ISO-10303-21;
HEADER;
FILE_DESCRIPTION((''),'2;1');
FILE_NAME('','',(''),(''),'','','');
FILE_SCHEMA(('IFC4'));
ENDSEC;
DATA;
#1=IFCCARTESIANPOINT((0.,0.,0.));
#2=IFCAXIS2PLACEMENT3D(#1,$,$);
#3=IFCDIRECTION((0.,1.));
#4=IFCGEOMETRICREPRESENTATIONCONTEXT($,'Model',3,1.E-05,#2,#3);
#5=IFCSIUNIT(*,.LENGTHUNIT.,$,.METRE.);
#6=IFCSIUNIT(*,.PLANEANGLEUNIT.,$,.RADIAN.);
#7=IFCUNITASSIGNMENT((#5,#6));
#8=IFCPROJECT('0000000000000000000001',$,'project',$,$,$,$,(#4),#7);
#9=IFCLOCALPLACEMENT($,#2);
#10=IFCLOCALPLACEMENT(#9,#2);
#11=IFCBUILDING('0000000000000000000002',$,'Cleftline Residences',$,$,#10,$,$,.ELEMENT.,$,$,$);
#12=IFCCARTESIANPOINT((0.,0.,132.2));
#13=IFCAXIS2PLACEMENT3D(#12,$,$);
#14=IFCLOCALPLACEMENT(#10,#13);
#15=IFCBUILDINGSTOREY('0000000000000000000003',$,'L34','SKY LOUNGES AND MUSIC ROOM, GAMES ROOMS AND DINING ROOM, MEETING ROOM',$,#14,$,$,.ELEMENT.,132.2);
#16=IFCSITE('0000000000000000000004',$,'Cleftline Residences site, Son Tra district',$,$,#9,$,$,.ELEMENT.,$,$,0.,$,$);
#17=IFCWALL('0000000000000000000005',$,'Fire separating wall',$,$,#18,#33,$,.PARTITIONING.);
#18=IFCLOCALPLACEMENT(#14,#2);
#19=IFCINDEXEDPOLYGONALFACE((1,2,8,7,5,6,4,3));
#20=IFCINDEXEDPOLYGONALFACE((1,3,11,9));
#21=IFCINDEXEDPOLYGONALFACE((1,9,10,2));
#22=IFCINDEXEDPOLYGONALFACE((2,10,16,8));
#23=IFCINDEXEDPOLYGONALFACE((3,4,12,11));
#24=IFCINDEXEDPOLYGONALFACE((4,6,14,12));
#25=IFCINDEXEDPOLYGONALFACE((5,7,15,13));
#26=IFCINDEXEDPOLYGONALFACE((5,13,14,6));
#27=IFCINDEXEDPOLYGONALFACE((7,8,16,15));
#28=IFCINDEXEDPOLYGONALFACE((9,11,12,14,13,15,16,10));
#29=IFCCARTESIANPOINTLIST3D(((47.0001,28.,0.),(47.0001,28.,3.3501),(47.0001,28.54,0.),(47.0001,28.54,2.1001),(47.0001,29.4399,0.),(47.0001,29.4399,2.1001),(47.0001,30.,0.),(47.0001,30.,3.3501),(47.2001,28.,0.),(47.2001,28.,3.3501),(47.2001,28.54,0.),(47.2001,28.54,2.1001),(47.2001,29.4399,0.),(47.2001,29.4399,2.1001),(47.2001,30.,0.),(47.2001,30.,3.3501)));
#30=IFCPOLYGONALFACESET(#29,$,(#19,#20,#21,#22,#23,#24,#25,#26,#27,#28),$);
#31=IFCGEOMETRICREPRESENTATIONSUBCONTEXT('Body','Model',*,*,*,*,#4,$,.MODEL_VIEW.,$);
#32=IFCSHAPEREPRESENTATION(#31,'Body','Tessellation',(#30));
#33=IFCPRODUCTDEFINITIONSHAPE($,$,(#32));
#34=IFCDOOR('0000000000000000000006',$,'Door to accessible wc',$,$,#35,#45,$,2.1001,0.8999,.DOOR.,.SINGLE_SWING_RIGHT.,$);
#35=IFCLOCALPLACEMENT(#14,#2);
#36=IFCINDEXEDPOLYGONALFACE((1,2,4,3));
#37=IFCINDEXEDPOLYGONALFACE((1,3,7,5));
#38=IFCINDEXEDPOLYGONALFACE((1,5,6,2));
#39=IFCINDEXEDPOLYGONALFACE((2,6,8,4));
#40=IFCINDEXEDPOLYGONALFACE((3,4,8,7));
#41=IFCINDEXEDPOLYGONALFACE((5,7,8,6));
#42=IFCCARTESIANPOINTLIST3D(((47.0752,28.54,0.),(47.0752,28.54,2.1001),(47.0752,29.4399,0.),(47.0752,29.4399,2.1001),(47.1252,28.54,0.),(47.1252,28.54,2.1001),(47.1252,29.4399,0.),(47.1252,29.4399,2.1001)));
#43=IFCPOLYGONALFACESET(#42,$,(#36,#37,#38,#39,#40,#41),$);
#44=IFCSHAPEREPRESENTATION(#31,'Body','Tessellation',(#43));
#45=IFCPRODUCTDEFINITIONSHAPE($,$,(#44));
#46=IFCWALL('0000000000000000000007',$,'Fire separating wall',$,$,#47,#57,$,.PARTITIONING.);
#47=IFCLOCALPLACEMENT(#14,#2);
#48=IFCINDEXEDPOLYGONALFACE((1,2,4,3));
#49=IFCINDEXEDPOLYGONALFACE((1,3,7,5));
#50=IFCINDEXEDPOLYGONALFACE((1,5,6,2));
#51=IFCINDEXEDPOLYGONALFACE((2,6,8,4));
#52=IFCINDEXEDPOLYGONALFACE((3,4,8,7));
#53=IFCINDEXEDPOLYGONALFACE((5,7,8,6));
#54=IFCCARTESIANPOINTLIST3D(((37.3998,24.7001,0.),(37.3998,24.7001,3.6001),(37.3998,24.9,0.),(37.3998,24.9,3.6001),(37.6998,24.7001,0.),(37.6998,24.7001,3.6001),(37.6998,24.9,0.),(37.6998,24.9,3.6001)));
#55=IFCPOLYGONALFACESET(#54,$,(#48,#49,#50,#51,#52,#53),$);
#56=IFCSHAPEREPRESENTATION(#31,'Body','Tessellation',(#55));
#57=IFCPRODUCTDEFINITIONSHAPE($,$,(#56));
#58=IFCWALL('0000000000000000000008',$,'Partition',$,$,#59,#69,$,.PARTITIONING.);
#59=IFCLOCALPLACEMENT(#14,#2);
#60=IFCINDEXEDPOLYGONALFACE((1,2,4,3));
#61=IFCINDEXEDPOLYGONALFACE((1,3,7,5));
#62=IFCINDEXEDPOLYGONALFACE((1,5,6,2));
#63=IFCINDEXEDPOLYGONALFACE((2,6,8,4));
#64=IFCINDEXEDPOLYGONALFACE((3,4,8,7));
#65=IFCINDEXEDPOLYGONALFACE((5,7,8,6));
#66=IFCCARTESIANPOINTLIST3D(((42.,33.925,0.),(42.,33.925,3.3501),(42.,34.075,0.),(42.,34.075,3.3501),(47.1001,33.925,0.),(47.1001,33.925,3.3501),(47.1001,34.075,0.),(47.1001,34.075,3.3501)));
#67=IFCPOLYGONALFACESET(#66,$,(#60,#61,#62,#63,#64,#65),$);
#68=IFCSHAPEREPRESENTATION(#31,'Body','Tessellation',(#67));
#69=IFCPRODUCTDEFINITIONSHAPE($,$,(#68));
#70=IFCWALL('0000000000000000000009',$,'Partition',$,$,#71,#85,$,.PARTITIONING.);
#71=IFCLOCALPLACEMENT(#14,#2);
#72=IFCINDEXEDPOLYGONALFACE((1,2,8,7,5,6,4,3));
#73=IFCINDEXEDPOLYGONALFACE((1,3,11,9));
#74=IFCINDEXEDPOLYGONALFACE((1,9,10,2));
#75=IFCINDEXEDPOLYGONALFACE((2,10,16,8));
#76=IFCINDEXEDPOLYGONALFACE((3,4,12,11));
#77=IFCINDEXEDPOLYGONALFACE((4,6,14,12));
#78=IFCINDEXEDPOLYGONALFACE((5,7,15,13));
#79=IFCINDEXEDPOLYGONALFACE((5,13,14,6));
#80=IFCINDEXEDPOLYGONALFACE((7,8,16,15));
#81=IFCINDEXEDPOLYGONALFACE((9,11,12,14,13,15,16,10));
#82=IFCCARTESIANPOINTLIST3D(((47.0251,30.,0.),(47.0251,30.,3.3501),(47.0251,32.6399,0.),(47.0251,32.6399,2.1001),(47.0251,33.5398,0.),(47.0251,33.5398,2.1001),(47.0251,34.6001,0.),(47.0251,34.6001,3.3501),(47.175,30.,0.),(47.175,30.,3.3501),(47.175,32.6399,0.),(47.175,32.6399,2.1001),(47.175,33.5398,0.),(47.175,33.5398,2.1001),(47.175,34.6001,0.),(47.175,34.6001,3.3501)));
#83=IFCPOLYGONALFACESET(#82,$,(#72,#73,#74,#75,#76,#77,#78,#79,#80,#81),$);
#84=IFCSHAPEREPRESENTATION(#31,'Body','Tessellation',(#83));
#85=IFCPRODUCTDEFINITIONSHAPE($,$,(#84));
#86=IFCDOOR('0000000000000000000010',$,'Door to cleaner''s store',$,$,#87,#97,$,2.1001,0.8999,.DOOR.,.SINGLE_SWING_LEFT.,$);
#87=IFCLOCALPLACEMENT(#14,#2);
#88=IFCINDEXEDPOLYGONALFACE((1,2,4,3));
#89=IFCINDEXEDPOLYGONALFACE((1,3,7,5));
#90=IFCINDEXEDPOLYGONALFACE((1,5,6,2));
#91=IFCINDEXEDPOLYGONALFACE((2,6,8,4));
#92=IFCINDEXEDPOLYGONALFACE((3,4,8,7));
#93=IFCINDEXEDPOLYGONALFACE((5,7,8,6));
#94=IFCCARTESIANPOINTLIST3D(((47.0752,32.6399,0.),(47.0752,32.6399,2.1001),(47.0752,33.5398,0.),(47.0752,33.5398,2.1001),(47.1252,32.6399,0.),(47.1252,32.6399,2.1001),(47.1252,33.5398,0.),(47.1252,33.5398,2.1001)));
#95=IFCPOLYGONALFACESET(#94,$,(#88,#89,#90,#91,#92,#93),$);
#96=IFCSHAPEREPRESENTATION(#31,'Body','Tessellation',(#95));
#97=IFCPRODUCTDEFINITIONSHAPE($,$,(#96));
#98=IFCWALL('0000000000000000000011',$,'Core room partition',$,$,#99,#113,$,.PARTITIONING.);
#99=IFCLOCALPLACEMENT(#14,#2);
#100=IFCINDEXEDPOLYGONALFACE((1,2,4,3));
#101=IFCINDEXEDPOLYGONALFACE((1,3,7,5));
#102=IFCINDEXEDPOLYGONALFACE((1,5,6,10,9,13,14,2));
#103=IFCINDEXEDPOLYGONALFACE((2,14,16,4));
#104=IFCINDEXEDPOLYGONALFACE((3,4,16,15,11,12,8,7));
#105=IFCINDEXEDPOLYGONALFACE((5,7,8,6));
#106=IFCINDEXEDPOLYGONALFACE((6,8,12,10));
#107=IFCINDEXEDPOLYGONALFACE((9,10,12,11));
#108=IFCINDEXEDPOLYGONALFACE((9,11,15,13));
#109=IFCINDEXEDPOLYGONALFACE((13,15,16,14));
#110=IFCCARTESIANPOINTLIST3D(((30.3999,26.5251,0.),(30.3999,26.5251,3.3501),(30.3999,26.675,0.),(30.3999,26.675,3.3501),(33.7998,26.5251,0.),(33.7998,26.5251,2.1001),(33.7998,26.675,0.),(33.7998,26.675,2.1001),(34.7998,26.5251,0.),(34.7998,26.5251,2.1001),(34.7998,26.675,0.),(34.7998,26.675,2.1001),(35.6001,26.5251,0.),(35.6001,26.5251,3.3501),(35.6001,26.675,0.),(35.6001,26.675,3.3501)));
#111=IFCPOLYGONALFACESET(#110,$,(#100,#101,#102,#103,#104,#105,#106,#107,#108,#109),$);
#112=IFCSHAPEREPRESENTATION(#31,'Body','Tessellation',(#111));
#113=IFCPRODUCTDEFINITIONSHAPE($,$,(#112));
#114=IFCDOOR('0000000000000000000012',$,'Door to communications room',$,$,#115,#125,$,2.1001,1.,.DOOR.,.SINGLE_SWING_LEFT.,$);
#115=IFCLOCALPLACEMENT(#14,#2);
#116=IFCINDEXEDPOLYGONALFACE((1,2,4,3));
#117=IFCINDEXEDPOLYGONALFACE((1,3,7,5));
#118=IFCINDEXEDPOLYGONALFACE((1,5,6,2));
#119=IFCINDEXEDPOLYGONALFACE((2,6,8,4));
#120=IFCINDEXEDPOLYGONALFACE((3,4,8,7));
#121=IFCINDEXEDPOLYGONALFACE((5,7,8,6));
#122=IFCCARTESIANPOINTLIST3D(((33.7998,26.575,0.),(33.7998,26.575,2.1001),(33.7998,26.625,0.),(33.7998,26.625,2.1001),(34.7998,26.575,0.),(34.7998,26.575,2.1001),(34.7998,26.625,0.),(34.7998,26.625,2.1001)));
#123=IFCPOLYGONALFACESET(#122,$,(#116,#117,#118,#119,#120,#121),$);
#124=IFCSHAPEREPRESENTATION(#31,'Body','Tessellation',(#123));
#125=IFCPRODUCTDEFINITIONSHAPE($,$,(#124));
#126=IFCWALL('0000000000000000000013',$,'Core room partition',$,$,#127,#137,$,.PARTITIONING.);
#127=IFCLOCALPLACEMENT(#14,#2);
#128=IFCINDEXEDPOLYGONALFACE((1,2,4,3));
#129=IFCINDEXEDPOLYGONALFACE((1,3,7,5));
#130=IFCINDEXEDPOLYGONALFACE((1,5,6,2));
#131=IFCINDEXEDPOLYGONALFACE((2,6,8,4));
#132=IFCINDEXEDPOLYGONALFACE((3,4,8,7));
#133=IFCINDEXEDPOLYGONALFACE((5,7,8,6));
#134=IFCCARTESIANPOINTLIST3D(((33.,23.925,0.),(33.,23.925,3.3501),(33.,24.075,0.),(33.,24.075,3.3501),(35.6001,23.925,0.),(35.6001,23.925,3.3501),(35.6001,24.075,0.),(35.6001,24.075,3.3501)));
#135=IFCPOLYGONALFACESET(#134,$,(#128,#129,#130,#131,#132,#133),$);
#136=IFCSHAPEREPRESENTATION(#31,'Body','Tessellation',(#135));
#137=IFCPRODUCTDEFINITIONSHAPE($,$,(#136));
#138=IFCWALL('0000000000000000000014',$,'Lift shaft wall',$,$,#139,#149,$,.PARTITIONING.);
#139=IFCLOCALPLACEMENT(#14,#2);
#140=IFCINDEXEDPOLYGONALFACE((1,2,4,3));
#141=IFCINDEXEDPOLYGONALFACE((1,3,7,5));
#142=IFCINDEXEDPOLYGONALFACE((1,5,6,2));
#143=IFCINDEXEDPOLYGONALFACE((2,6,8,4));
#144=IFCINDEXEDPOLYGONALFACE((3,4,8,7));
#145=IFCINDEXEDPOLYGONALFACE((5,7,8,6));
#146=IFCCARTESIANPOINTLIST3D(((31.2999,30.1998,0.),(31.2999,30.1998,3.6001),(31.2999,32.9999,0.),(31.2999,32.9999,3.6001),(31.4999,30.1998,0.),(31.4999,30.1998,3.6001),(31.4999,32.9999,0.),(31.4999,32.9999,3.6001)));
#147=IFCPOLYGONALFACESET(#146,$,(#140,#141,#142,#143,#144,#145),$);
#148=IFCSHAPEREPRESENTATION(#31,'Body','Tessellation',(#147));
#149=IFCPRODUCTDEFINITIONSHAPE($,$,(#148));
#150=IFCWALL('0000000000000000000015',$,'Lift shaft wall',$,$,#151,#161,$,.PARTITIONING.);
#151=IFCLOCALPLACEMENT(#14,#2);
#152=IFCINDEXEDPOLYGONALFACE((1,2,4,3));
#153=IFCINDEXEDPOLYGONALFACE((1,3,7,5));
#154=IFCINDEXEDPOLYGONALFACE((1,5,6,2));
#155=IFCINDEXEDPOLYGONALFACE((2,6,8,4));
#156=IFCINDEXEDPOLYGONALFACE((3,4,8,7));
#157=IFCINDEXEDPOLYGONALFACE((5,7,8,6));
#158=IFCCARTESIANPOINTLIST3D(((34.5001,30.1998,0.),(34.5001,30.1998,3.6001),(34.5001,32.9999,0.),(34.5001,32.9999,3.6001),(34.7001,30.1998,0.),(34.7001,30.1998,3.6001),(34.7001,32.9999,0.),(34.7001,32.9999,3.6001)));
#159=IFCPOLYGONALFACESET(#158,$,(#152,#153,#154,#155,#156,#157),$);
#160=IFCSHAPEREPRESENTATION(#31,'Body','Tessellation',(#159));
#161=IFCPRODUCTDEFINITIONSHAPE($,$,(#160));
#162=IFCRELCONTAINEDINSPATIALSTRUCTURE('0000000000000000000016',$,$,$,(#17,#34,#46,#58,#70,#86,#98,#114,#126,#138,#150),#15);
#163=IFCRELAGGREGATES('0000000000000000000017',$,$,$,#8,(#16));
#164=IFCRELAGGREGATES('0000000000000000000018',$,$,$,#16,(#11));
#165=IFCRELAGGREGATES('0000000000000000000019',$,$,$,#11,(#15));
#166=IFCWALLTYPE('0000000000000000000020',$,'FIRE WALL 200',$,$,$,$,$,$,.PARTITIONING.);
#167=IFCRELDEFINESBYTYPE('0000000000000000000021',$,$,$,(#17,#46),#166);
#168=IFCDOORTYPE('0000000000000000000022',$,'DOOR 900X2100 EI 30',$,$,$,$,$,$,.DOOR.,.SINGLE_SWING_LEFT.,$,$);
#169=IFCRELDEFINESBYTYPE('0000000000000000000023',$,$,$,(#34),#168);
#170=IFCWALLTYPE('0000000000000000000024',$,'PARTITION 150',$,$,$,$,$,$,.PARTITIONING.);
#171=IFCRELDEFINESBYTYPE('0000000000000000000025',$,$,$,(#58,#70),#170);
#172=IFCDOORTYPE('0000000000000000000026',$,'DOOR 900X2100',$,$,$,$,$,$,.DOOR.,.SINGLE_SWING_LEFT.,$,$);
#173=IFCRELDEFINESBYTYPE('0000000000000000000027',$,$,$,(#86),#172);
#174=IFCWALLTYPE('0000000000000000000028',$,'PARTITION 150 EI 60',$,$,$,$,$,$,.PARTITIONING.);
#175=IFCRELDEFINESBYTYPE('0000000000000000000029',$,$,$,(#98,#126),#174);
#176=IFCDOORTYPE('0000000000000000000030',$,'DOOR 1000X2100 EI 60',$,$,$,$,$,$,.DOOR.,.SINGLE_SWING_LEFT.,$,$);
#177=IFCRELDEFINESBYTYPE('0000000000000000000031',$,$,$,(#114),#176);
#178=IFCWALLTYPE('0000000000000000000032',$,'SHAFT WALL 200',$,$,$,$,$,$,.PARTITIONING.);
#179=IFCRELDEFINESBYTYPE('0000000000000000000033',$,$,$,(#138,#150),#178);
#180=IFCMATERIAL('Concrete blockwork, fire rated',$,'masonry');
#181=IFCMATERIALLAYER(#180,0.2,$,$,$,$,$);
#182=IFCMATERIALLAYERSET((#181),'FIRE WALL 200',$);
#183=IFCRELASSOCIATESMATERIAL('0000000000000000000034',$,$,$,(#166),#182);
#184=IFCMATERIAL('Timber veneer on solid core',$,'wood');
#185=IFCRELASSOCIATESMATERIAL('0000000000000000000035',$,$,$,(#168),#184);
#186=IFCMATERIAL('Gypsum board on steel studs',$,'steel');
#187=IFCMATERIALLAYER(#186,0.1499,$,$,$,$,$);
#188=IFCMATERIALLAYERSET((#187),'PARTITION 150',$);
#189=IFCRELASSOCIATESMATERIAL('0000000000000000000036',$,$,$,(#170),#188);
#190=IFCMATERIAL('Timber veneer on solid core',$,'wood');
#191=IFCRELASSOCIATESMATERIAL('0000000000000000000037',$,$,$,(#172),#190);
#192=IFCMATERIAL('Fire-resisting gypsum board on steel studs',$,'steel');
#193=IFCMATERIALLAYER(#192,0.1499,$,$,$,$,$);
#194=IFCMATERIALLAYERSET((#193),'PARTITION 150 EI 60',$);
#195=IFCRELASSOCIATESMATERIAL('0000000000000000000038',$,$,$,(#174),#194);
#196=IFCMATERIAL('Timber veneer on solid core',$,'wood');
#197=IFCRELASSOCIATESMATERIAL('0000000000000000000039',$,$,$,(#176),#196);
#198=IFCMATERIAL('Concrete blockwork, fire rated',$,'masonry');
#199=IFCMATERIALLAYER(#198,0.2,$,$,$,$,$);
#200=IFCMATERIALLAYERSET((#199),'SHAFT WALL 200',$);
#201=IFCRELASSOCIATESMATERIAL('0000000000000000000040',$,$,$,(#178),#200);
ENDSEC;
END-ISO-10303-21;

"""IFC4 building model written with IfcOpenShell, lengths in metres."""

from ifc_helpers import new_model, si_unit, direction, frame, frame_2d, origin, place, context, subcontext, project, spatial, rectangle, extrude, material, layer, layer_set, type_object, element, fill, save


model = new_model("IFC4")

# Units and contexts
model_context = context("Model", 3, precision=1e-05, world=origin(), true_north=direction((0.0, 1.0)))
body_context = subcontext(model_context, "Body", "Model", "MODEL_VIEW")
ifc_project = project(units=[si_unit("LENGTHUNIT", "METRE"), si_unit("PLANEANGLEUNIT", "RADIAN")], contexts=[model_context])

# Site, building, storey
site_placement = place(None, origin())
site = spatial("IfcSite", under=ifc_project, at=site_placement, Name="Cleftline Residences site, Son Tra district", CompositionType="ELEMENT", RefElevation=0.0)
building_placement = place(site_placement, origin())
building = spatial("IfcBuilding", under=site, at=building_placement, Name="Cleftline Residences", CompositionType="ELEMENT")
storey_placement = place(building_placement, frame((0.0, 0.0, 132.2)))
storey = spatial("IfcBuildingStorey", under=building, at=storey_placement, Name="L34", Description="SKY LOUNGES AND MUSIC ROOM, GAMES ROOMS AND DINING ROOM, MEETING ROOM", CompositionType="ELEMENT", Elevation=132.2)

# Shared definitions
ifc_material_1 = material(Name="Concrete blockwork, fire rated", Category="masonry")
ifc_layer_1 = layer(ifc_material_1, 0.2)
ifc_layer_set_1 = layer_set([ifc_layer_1], Name="FIRE WALL 200")
wall_type_1 = type_object("IfcWallType", Name="FIRE WALL 200", PredefinedType="PARTITIONING", material=ifc_layer_set_1)

# Wall, opening, door
wall_1_placement = place(storey_placement, frame((47.1001, 28.0, 0.0), z_axis=(0.0, 0.0, 1.0), x_axis=(0.0, 1.0, 0.0)))
wall_1 = element("IfcWall", 1, at=wall_1_placement, inside=storey, type_object=wall_type_1, Name="Fire separating wall", PredefinedType="PARTITIONING", context=body_context, shape_type="SweptSolid", body=[
    extrude(rectangle(XDim=2.0, YDim=0.2, at=frame_2d((1.0, 0.0))), origin(), (0.0, 0.0, 1.0), 3.3501),
])
opening_1_placement = place(wall_1_placement, frame((0.54, 0.0, 0.0)))
opening_1 = element("IfcOpeningElement", 2, at=opening_1_placement, cuts=wall_1, PredefinedType="OPENING", context=body_context, shape_type="SweptSolid", body=[
    extrude(rectangle(XDim=0.8999, YDim=2.1001, at=frame_2d((0.45, 1.05))), frame((0.0, 0.1099, 0.0), z_axis=(0.0, -1.0, 0.0), x_axis=(1.0, 0.0, 0.0)), (0.0, 0.0, 1.0), 0.22),
])
ifc_material_2 = material(Name="Timber veneer on solid core", Category="wood")
door_type_1 = type_object("IfcDoorType", Name="DOOR 900X2100 EI 30", OperationType="SINGLE_SWING_LEFT", PredefinedType="DOOR", material=ifc_material_2)
door_1_placement = place(opening_1_placement, origin())
door_1 = element("IfcDoor", 3, at=door_1_placement, inside=storey, type_object=door_type_1, Name="Door to accessible wc", OperationType="SINGLE_SWING_RIGHT", OverallHeight=2.1001, OverallWidth=0.8999, PredefinedType="DOOR", context=body_context, shape_type="SweptSolid", body=[
    extrude(rectangle(XDim=0.8999, YDim=2.1001, at=frame_2d((0.45, 1.05))), frame((0.0, 0.0249, 0.0), z_axis=(0.0, -1.0, 0.0), x_axis=(1.0, 0.0, 0.0)), (0.0, 0.0, 1.0), 0.05),
])
fill(opening_1, door_1)

# Walls
wall_2_placement = place(storey_placement, frame((37.3999, 24.8, 0.0), z_axis=(0.0, 0.0, 1.0), x_axis=(1.0, 0.0, 0.0)))
element("IfcWall", 4, at=wall_2_placement, inside=storey, type_object=wall_type_1, Name="Fire separating wall", PredefinedType="PARTITIONING", context=body_context, shape_type="SweptSolid", body=[
    extrude(rectangle(XDim=0.3, YDim=0.2, at=frame_2d((0.1499, 0.0))), origin(), (0.0, 0.0, 1.0), 3.6001),
])
ifc_material_3 = material(Name="Gypsum board on steel studs", Category="steel")
ifc_layer_2 = layer(ifc_material_3, 0.1499)
ifc_layer_set_2 = layer_set([ifc_layer_2], Name="PARTITION 150")
wall_type_2 = type_object("IfcWallType", Name="PARTITION 150", PredefinedType="PARTITIONING", material=ifc_layer_set_2)
wall_3_placement = place(storey_placement, frame((42.0, 34.0, 0.0), z_axis=(0.0, 0.0, 1.0), x_axis=(1.0, 0.0, 0.0)))
element("IfcWall", 5, at=wall_3_placement, inside=storey, type_object=wall_type_2, Name="Partition", PredefinedType="PARTITIONING", context=body_context, shape_type="SweptSolid", body=[
    extrude(rectangle(XDim=5.1001, YDim=0.1499, at=frame_2d((2.55, 0.0))), origin(), (0.0, 0.0, 1.0), 3.3501),
])

# Walls, openings, doors
wall_4_placement = place(storey_placement, frame((47.1001, 30.0, 0.0), z_axis=(0.0, 0.0, 1.0), x_axis=(0.0, 1.0, 0.0)))
wall_4 = element("IfcWall", 6, at=wall_4_placement, inside=storey, type_object=wall_type_2, Name="Partition", PredefinedType="PARTITIONING", context=body_context, shape_type="SweptSolid", body=[
    extrude(rectangle(XDim=4.6001, YDim=0.1499, at=frame_2d((2.3, 0.0))), origin(), (0.0, 0.0, 1.0), 3.3501),
])
opening_2_placement = place(wall_4_placement, frame((2.6399, 0.0, 0.0)))
opening_2 = element("IfcOpeningElement", 7, at=opening_2_placement, cuts=wall_4, PredefinedType="OPENING", context=body_context, shape_type="SweptSolid", body=[
    extrude(rectangle(XDim=0.8999, YDim=2.1001, at=frame_2d((0.45, 1.05))), frame((0.0, 0.085, 0.0), z_axis=(0.0, -1.0, 0.0), x_axis=(1.0, 0.0, 0.0)), (0.0, 0.0, 1.0), 0.1699),
])
ifc_material_4 = material(Name="Timber veneer on solid core", Category="wood")
door_type_2 = type_object("IfcDoorType", Name="DOOR 900X2100", OperationType="SINGLE_SWING_LEFT", PredefinedType="DOOR", material=ifc_material_4)
door_2_placement = place(opening_2_placement, origin())
door_2 = element("IfcDoor", 8, at=door_2_placement, inside=storey, type_object=door_type_2, Name="Door to cleaner's store", OperationType="SINGLE_SWING_LEFT", OverallHeight=2.1001, OverallWidth=0.8999, PredefinedType="DOOR", context=body_context, shape_type="SweptSolid", body=[
    extrude(rectangle(XDim=0.8999, YDim=2.1001, at=frame_2d((0.45, 1.05))), frame((0.0, 0.0249, 0.0), z_axis=(0.0, -1.0, 0.0), x_axis=(1.0, 0.0, 0.0)), (0.0, 0.0, 1.0), 0.05),
])
fill(opening_2, door_2)
ifc_material_5 = material(Name="Fire-resisting gypsum board on steel studs", Category="steel")
ifc_layer_3 = layer(ifc_material_5, 0.1499)
ifc_layer_set_3 = layer_set([ifc_layer_3], Name="PARTITION 150 EI 60")
wall_type_3 = type_object("IfcWallType", Name="PARTITION 150 EI 60", PredefinedType="PARTITIONING", material=ifc_layer_set_3)
wall_5_placement = place(storey_placement, frame((30.3999, 26.6001, 0.0), z_axis=(0.0, 0.0, 1.0), x_axis=(1.0, 0.0, 0.0)))
wall_5 = element("IfcWall", 9, at=wall_5_placement, inside=storey, type_object=wall_type_3, Name="Core room partition", PredefinedType="PARTITIONING", context=body_context, shape_type="SweptSolid", body=[
    extrude(rectangle(XDim=5.2002, YDim=0.1499, at=frame_2d((2.6001, 0.0))), origin(), (0.0, 0.0, 1.0), 3.3501),
])
opening_3_placement = place(wall_5_placement, frame((3.3999, 0.0, 0.0)))
opening_3 = element("IfcOpeningElement", 10, at=opening_3_placement, cuts=wall_5, PredefinedType="OPENING", context=body_context, shape_type="SweptSolid", body=[
    extrude(rectangle(XDim=1.0, YDim=2.1001, at=frame_2d((0.5, 1.05))), frame((0.0, 0.085, 0.0), z_axis=(0.0, -1.0, 0.0), x_axis=(1.0, 0.0, 0.0)), (0.0, 0.0, 1.0), 0.1699),
])
ifc_material_6 = material(Name="Timber veneer on solid core", Category="wood")
door_type_3 = type_object("IfcDoorType", Name="DOOR 1000X2100 EI 60", OperationType="SINGLE_SWING_LEFT", PredefinedType="DOOR", material=ifc_material_6)
door_3_placement = place(opening_3_placement, origin())
door_3 = element("IfcDoor", 11, at=door_3_placement, inside=storey, type_object=door_type_3, Name="Door to communications room", OperationType="SINGLE_SWING_LEFT", OverallHeight=2.1001, OverallWidth=1.0, PredefinedType="DOOR", context=body_context, shape_type="SweptSolid", body=[
    extrude(rectangle(XDim=1.0, YDim=2.1001, at=frame_2d((0.5, 1.05))), frame((0.0, 0.0249, 0.0), z_axis=(0.0, -1.0, 0.0), x_axis=(1.0, 0.0, 0.0)), (0.0, 0.0, 1.0), 0.05),
])
fill(opening_3, door_3)

# Walls
wall_6_placement = place(storey_placement, frame((33.0, 24.0, 0.0), z_axis=(0.0, 0.0, 1.0), x_axis=(1.0, 0.0, 0.0)))
element("IfcWall", 12, at=wall_6_placement, inside=storey, type_object=wall_type_3, Name="Core room partition", PredefinedType="PARTITIONING", context=body_context, shape_type="SweptSolid", body=[
    extrude(rectangle(XDim=2.6001, YDim=0.1499, at=frame_2d((1.3, 0.0))), origin(), (0.0, 0.0, 1.0), 3.3501),
])
ifc_material_7 = material(Name="Concrete blockwork, fire rated", Category="masonry")
ifc_layer_4 = layer(ifc_material_7, 0.2)
ifc_layer_set_4 = layer_set([ifc_layer_4], Name="SHAFT WALL 200")
wall_type_4 = type_object("IfcWallType", Name="SHAFT WALL 200", PredefinedType="PARTITIONING", material=ifc_layer_set_4)
for number, where, z_axis, x_axis, name in (
    (13, (31.3999, 30.2, 0.0), (0.0, 0.0, 1.0), (0.0, 1.0, 0.0), "Lift shaft wall"),
    (14, (34.6001, 30.2, 0.0), (0.0, 0.0, 1.0), (0.0, 1.0, 0.0), "Lift shaft wall"),
):
    element("IfcWall", number, at=place(storey_placement, frame(where, z_axis=z_axis, x_axis=x_axis)), inside=storey, type_object=wall_type_4, Name=name, PredefinedType="PARTITIONING", context=body_context, shape_type="SweptSolid", body=[
        extrude(rectangle(XDim=2.8, YDim=0.2, at=frame_2d((1.3999, 0.0))), origin(), (0.0, 0.0, 1.0), 3.6001),
    ])

save(model, "model.ifc")
